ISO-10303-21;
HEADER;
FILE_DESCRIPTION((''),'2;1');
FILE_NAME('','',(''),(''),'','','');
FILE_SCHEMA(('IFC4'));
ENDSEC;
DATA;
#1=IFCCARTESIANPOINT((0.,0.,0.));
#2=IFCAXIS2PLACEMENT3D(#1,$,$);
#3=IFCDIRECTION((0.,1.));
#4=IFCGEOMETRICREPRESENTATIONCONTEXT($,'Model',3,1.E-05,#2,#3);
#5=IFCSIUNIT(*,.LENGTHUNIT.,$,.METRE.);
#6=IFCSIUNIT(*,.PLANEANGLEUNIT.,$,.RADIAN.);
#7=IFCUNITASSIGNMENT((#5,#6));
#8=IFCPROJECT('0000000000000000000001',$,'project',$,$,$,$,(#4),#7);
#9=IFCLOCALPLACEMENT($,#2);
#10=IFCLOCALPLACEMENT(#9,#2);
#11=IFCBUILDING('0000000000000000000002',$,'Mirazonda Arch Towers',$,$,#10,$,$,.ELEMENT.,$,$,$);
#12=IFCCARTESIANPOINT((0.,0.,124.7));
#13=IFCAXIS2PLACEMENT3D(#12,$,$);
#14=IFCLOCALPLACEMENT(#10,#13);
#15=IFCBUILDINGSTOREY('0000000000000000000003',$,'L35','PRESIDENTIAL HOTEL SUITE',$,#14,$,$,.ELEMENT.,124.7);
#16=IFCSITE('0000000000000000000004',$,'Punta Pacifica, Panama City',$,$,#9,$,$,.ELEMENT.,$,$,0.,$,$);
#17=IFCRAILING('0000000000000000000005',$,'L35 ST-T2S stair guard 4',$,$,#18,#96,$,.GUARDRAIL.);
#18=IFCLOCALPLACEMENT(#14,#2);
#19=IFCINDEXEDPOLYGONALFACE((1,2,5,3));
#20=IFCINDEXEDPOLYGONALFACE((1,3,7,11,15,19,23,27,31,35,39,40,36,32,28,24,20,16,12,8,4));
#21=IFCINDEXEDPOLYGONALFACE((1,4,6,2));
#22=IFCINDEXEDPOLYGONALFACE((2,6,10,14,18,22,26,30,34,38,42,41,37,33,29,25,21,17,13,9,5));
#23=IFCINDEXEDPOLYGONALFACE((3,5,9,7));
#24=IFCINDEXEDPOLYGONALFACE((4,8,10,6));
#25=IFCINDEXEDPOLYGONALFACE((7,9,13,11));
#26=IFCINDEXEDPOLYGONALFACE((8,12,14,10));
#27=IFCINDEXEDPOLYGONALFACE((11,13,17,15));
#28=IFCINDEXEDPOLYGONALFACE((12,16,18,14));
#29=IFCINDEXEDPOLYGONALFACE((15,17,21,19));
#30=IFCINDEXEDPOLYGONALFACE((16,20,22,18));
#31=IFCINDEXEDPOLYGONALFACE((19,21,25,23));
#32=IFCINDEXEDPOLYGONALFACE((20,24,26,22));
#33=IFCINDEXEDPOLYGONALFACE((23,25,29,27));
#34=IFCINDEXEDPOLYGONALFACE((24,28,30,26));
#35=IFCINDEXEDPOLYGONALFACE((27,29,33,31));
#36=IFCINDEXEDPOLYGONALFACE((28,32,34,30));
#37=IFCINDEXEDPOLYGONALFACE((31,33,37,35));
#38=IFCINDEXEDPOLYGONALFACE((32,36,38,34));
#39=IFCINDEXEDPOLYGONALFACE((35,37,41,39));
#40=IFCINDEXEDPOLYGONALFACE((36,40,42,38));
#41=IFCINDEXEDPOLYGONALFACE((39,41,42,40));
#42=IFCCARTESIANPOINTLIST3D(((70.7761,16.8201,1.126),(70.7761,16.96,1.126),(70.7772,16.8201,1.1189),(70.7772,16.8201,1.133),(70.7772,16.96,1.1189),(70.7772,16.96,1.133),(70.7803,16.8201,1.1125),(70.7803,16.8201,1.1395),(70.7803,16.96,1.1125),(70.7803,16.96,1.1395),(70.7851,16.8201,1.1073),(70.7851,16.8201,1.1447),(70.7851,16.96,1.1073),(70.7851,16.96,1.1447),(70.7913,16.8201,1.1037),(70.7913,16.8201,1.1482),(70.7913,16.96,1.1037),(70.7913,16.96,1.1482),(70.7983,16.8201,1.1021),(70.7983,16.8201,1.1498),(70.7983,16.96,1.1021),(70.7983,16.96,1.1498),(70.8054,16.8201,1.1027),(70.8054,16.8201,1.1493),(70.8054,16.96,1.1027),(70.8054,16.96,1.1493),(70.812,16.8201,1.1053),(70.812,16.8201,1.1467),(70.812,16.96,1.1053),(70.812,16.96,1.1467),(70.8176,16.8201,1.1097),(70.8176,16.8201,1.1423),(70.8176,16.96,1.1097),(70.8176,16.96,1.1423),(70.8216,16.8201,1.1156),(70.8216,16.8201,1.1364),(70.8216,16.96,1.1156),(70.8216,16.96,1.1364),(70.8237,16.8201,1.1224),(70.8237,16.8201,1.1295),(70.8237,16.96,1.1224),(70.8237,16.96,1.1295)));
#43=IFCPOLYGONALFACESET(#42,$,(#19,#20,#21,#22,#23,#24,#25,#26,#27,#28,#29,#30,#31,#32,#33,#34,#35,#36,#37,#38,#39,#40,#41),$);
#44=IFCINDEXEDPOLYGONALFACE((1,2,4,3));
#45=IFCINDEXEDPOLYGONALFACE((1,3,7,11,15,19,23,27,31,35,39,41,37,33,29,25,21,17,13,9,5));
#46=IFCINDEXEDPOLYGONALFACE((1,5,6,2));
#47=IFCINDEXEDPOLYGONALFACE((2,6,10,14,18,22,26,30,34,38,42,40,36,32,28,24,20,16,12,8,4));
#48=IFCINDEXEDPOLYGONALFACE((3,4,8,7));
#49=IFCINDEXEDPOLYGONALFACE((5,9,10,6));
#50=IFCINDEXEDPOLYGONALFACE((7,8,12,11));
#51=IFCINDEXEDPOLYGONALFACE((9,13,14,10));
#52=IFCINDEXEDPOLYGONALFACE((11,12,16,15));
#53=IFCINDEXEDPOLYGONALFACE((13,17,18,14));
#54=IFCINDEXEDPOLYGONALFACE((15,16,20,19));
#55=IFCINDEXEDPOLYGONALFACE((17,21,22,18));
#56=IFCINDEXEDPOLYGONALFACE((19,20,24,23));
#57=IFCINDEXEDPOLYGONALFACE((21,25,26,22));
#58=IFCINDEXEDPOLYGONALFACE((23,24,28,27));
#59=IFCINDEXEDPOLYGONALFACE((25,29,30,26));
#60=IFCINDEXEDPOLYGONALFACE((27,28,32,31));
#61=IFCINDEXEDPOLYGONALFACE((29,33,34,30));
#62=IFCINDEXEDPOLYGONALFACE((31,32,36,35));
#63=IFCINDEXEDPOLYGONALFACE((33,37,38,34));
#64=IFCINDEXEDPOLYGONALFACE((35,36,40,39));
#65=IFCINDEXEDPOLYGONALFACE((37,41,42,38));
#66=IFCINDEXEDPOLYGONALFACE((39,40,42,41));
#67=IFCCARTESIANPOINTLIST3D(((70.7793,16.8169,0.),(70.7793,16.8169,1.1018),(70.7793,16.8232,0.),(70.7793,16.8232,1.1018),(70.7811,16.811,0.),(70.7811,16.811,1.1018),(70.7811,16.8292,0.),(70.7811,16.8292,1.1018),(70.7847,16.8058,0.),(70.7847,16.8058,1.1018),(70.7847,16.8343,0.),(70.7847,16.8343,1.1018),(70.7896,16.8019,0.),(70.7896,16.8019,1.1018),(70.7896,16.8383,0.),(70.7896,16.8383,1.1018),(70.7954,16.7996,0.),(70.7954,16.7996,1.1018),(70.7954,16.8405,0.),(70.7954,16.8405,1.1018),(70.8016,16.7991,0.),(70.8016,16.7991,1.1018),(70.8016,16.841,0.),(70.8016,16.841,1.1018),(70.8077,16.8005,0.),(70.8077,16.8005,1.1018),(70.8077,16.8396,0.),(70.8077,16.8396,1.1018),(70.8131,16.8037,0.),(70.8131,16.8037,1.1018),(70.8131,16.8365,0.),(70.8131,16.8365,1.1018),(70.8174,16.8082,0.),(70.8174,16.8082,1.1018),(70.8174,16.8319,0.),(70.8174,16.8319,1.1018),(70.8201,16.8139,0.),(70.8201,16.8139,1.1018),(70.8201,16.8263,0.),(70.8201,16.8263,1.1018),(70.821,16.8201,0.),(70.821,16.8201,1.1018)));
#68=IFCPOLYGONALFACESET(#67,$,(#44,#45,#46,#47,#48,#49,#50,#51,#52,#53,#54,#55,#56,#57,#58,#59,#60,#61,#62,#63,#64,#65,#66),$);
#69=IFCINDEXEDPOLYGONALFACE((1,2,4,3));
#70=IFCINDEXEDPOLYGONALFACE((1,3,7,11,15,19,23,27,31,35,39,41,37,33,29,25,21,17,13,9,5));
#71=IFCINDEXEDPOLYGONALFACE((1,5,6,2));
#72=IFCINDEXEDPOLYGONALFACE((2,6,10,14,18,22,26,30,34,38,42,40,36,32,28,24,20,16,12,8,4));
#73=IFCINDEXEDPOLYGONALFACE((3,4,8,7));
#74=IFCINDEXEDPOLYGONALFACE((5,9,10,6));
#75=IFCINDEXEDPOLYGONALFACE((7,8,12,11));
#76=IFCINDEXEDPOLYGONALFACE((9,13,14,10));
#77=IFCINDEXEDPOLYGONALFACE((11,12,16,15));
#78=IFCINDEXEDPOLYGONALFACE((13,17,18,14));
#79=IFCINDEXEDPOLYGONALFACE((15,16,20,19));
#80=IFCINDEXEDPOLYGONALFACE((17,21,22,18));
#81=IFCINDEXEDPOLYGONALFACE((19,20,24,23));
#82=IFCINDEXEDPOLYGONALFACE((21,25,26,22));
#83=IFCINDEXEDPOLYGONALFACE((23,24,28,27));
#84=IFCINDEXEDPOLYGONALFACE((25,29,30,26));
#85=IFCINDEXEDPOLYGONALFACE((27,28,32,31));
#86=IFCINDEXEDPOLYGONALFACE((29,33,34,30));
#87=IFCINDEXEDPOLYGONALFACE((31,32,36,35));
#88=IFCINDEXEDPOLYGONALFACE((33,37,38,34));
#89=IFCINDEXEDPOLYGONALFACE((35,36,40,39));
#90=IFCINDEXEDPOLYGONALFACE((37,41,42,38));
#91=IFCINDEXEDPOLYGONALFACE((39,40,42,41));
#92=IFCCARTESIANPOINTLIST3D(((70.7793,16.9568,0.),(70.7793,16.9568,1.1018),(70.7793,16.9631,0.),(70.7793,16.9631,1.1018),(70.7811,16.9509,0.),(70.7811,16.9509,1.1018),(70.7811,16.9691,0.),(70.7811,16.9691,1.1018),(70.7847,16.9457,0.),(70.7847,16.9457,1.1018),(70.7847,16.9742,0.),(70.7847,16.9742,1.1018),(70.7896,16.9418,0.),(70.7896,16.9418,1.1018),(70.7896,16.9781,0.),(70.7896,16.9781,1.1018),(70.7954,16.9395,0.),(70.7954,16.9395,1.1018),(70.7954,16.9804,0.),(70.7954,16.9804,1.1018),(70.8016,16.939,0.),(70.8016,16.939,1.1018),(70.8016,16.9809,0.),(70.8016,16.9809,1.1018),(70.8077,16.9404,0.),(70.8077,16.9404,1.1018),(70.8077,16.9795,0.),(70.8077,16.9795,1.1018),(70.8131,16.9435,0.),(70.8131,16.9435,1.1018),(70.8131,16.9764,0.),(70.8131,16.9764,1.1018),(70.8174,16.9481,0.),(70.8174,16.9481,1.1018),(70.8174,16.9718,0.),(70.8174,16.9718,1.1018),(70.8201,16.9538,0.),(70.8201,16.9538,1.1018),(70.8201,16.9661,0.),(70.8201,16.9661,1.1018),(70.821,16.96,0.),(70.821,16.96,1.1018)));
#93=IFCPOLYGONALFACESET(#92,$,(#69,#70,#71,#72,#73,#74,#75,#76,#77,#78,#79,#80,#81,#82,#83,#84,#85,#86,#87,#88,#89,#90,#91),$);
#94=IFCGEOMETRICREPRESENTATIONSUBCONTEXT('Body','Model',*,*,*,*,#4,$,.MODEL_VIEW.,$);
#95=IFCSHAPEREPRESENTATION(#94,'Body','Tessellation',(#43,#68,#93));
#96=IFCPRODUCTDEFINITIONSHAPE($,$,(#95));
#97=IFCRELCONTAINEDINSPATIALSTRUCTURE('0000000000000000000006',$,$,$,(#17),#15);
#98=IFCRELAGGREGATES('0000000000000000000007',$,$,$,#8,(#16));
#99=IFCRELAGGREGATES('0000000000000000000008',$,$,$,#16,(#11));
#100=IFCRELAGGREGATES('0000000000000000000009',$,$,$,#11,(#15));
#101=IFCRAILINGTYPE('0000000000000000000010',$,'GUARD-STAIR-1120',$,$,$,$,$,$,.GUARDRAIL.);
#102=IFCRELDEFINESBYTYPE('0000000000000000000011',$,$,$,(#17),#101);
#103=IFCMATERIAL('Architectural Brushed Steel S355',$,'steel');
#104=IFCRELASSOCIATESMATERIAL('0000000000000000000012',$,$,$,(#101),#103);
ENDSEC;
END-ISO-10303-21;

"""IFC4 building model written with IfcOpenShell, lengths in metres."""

from ifc_helpers import new_model, si_unit, direction, frame, origin, origin_2d, place, context, subcontext, project, spatial, circle, extrude, material, type_object, element, save


model = new_model("IFC4")

# Units and contexts
model_context = context("Model", 3, precision=1e-05, world=origin(), true_north=direction((0.0, 1.0)))
body_context = subcontext(model_context, "Body", "Model", "MODEL_VIEW")
ifc_project = project(units=[si_unit("LENGTHUNIT", "METRE"), si_unit("PLANEANGLEUNIT", "RADIAN")], contexts=[model_context])

# Site, building, storey
site_placement = place(None, origin())
site = spatial("IfcSite", under=ifc_project, at=site_placement, Name="Punta Pacifica, Panama City", CompositionType="ELEMENT", RefElevation=0.0)
building_placement = place(site_placement, origin())
building = spatial("IfcBuilding", under=site, at=building_placement, Name="Mirazonda Arch Towers", CompositionType="ELEMENT")
storey_placement = place(building_placement, frame((0.0, 0.0, 124.7)))
storey = spatial("IfcBuildingStorey", under=building, at=storey_placement, Name="L35", Description="PRESIDENTIAL HOTEL SUITE", CompositionType="ELEMENT", Elevation=124.7)

# Railing
ifc_material_1 = material(Name="Architectural Brushed Steel S355", Category="steel")
railing_type_1 = type_object("IfcRailingType", Name="GUARD-STAIR-1120", PredefinedType="GUARDRAIL", material=ifc_material_1)
railing_1_placement = place(storey_placement, frame((70.8, 16.8201, 0.0)))
element("IfcRailing", 1, at=railing_1_placement, inside=storey, type_object=railing_type_1, Name="L35 ST-T2S stair guard 4", PredefinedType="GUARDRAIL", context=body_context, shape_type="SweptSolid", body=[
    extrude(circle(Radius=0.0239, at=origin_2d()), frame((0.0, 0.0, 1.126), z_axis=(0.0, 1.0, 0.0), x_axis=(-1.0, 0.0, 0.0)), (0.0, 0.0, 1.0), 0.1399),
    extrude(circle(Radius=0.021, at=origin_2d()), origin(), (0.0, 0.0, 1.0), 1.1018),
    extrude(circle(Radius=0.021, at=origin_2d()), frame((0.0, 0.1399, 0.0)), (0.0, 0.0, 1.0), 1.1018),
])

save(model, "model.ifc")
